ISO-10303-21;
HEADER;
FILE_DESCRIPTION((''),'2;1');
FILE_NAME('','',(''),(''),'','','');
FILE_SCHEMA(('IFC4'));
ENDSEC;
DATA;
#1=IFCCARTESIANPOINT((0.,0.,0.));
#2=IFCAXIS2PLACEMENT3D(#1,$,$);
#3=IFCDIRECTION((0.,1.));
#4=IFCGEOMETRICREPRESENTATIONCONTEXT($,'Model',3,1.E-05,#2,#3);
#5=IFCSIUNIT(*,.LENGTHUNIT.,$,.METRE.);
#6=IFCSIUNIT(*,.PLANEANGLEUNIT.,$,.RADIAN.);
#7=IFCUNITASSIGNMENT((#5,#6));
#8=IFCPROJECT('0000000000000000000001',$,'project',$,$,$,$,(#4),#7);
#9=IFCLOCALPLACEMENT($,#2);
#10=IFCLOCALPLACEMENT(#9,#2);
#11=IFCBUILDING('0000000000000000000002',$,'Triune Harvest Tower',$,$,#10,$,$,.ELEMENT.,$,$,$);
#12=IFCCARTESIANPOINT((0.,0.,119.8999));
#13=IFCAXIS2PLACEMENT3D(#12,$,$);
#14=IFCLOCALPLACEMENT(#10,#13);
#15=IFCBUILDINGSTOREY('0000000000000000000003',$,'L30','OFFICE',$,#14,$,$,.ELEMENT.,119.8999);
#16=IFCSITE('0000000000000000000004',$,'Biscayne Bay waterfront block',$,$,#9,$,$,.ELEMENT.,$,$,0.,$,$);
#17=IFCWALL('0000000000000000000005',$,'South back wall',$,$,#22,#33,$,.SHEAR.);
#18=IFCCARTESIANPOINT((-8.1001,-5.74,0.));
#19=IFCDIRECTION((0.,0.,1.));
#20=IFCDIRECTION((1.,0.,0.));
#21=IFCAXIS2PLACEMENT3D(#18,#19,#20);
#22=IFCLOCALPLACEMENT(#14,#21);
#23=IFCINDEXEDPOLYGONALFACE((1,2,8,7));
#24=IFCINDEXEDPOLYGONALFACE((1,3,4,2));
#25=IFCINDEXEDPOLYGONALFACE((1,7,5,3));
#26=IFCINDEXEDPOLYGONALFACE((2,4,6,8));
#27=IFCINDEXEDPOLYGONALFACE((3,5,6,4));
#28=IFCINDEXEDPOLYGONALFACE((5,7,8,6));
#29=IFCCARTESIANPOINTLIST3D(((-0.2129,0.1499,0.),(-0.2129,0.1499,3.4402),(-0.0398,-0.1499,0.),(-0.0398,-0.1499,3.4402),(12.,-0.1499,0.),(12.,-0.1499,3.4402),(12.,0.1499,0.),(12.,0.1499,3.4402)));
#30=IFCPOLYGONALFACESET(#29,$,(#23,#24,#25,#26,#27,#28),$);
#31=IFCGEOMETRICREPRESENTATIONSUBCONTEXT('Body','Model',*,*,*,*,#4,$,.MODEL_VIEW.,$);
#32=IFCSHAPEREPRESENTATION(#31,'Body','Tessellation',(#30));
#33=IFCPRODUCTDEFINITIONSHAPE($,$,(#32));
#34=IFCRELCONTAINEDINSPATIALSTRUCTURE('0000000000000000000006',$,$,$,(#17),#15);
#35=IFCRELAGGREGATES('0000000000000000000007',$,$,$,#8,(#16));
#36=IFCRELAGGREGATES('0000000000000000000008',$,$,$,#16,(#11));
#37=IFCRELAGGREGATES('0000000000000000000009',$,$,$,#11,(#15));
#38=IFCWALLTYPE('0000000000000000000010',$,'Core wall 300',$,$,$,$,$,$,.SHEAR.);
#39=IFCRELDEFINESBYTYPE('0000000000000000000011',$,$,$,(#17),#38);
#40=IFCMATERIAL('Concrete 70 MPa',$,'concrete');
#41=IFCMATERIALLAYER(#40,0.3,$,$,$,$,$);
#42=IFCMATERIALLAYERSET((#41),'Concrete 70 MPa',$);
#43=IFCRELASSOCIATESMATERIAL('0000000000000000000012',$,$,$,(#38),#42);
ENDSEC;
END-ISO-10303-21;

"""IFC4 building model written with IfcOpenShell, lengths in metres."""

from ifc_helpers import new_model, si_unit, direction, frame, origin, place, context, subcontext, project, spatial, polyline, outline, extrude, source, transform, mapped, material, layer, layer_set, type_object, element, save


model = new_model("IFC4")

# Units and contexts
model_context = context("Model", 3, precision=1e-05, world=origin(), true_north=direction((0.0, 1.0)))
body_context = subcontext(model_context, "Body", "Model", "MODEL_VIEW")
ifc_project = project(units=[si_unit("LENGTHUNIT", "METRE"), si_unit("PLANEANGLEUNIT", "RADIAN")], contexts=[model_context])

# Site, building, storey
site_placement = place(None, origin())
site = spatial("IfcSite", under=ifc_project, at=site_placement, Name="Biscayne Bay waterfront block", CompositionType="ELEMENT", RefElevation=0.0)
building_placement = place(site_placement, origin())
building = spatial("IfcBuilding", under=site, at=building_placement, Name="Triune Harvest Tower", CompositionType="ELEMENT")
storey_placement = place(building_placement, frame((0.0, 0.0, 119.8999)))
storey = spatial("IfcBuildingStorey", under=building, at=storey_placement, Name="L30", Description="OFFICE", CompositionType="ELEMENT", Elevation=119.8999)

# Shared definitions
ifc_material_1 = material(Name="Concrete 70 MPa", Category="concrete")
ifc_layer_1 = layer(ifc_material_1, 0.3)
ifc_layer_set_1 = layer_set([ifc_layer_1], Name="Concrete 70 MPa")
wall_type_1 = type_object("IfcWallType", Name="Core wall 300", PredefinedType="SHEAR", material=ifc_layer_set_1)

# Wall
shared_shape_1 = source(origin(), body_context, "Body", "SweptSolid", [
    extrude(outline(polyline([(12.0, -0.1499), (-0.0398, -0.1499), (-0.2129, 0.1499), (12.0, 0.1499), (12.0, -0.1499)])), origin(), (0.0, 0.0, 1.0), 3.4402),
])
wall_1_placement = place(storey_placement, frame((-8.1001, -5.74, 0.0), z_axis=(0.0, 0.0, 1.0), x_axis=(1.0, 0.0, 0.0)))
element("IfcWall", 1, at=wall_1_placement, inside=storey, type_object=wall_type_1, Name="South back wall", PredefinedType="SHEAR", context=body_context, shape_type="MappedRepresentation", body=[
    mapped(shared_shape_1, transform((0.0, 0.0, 0.0), scale=1.0)),
])

save(model, "model.ifc")
